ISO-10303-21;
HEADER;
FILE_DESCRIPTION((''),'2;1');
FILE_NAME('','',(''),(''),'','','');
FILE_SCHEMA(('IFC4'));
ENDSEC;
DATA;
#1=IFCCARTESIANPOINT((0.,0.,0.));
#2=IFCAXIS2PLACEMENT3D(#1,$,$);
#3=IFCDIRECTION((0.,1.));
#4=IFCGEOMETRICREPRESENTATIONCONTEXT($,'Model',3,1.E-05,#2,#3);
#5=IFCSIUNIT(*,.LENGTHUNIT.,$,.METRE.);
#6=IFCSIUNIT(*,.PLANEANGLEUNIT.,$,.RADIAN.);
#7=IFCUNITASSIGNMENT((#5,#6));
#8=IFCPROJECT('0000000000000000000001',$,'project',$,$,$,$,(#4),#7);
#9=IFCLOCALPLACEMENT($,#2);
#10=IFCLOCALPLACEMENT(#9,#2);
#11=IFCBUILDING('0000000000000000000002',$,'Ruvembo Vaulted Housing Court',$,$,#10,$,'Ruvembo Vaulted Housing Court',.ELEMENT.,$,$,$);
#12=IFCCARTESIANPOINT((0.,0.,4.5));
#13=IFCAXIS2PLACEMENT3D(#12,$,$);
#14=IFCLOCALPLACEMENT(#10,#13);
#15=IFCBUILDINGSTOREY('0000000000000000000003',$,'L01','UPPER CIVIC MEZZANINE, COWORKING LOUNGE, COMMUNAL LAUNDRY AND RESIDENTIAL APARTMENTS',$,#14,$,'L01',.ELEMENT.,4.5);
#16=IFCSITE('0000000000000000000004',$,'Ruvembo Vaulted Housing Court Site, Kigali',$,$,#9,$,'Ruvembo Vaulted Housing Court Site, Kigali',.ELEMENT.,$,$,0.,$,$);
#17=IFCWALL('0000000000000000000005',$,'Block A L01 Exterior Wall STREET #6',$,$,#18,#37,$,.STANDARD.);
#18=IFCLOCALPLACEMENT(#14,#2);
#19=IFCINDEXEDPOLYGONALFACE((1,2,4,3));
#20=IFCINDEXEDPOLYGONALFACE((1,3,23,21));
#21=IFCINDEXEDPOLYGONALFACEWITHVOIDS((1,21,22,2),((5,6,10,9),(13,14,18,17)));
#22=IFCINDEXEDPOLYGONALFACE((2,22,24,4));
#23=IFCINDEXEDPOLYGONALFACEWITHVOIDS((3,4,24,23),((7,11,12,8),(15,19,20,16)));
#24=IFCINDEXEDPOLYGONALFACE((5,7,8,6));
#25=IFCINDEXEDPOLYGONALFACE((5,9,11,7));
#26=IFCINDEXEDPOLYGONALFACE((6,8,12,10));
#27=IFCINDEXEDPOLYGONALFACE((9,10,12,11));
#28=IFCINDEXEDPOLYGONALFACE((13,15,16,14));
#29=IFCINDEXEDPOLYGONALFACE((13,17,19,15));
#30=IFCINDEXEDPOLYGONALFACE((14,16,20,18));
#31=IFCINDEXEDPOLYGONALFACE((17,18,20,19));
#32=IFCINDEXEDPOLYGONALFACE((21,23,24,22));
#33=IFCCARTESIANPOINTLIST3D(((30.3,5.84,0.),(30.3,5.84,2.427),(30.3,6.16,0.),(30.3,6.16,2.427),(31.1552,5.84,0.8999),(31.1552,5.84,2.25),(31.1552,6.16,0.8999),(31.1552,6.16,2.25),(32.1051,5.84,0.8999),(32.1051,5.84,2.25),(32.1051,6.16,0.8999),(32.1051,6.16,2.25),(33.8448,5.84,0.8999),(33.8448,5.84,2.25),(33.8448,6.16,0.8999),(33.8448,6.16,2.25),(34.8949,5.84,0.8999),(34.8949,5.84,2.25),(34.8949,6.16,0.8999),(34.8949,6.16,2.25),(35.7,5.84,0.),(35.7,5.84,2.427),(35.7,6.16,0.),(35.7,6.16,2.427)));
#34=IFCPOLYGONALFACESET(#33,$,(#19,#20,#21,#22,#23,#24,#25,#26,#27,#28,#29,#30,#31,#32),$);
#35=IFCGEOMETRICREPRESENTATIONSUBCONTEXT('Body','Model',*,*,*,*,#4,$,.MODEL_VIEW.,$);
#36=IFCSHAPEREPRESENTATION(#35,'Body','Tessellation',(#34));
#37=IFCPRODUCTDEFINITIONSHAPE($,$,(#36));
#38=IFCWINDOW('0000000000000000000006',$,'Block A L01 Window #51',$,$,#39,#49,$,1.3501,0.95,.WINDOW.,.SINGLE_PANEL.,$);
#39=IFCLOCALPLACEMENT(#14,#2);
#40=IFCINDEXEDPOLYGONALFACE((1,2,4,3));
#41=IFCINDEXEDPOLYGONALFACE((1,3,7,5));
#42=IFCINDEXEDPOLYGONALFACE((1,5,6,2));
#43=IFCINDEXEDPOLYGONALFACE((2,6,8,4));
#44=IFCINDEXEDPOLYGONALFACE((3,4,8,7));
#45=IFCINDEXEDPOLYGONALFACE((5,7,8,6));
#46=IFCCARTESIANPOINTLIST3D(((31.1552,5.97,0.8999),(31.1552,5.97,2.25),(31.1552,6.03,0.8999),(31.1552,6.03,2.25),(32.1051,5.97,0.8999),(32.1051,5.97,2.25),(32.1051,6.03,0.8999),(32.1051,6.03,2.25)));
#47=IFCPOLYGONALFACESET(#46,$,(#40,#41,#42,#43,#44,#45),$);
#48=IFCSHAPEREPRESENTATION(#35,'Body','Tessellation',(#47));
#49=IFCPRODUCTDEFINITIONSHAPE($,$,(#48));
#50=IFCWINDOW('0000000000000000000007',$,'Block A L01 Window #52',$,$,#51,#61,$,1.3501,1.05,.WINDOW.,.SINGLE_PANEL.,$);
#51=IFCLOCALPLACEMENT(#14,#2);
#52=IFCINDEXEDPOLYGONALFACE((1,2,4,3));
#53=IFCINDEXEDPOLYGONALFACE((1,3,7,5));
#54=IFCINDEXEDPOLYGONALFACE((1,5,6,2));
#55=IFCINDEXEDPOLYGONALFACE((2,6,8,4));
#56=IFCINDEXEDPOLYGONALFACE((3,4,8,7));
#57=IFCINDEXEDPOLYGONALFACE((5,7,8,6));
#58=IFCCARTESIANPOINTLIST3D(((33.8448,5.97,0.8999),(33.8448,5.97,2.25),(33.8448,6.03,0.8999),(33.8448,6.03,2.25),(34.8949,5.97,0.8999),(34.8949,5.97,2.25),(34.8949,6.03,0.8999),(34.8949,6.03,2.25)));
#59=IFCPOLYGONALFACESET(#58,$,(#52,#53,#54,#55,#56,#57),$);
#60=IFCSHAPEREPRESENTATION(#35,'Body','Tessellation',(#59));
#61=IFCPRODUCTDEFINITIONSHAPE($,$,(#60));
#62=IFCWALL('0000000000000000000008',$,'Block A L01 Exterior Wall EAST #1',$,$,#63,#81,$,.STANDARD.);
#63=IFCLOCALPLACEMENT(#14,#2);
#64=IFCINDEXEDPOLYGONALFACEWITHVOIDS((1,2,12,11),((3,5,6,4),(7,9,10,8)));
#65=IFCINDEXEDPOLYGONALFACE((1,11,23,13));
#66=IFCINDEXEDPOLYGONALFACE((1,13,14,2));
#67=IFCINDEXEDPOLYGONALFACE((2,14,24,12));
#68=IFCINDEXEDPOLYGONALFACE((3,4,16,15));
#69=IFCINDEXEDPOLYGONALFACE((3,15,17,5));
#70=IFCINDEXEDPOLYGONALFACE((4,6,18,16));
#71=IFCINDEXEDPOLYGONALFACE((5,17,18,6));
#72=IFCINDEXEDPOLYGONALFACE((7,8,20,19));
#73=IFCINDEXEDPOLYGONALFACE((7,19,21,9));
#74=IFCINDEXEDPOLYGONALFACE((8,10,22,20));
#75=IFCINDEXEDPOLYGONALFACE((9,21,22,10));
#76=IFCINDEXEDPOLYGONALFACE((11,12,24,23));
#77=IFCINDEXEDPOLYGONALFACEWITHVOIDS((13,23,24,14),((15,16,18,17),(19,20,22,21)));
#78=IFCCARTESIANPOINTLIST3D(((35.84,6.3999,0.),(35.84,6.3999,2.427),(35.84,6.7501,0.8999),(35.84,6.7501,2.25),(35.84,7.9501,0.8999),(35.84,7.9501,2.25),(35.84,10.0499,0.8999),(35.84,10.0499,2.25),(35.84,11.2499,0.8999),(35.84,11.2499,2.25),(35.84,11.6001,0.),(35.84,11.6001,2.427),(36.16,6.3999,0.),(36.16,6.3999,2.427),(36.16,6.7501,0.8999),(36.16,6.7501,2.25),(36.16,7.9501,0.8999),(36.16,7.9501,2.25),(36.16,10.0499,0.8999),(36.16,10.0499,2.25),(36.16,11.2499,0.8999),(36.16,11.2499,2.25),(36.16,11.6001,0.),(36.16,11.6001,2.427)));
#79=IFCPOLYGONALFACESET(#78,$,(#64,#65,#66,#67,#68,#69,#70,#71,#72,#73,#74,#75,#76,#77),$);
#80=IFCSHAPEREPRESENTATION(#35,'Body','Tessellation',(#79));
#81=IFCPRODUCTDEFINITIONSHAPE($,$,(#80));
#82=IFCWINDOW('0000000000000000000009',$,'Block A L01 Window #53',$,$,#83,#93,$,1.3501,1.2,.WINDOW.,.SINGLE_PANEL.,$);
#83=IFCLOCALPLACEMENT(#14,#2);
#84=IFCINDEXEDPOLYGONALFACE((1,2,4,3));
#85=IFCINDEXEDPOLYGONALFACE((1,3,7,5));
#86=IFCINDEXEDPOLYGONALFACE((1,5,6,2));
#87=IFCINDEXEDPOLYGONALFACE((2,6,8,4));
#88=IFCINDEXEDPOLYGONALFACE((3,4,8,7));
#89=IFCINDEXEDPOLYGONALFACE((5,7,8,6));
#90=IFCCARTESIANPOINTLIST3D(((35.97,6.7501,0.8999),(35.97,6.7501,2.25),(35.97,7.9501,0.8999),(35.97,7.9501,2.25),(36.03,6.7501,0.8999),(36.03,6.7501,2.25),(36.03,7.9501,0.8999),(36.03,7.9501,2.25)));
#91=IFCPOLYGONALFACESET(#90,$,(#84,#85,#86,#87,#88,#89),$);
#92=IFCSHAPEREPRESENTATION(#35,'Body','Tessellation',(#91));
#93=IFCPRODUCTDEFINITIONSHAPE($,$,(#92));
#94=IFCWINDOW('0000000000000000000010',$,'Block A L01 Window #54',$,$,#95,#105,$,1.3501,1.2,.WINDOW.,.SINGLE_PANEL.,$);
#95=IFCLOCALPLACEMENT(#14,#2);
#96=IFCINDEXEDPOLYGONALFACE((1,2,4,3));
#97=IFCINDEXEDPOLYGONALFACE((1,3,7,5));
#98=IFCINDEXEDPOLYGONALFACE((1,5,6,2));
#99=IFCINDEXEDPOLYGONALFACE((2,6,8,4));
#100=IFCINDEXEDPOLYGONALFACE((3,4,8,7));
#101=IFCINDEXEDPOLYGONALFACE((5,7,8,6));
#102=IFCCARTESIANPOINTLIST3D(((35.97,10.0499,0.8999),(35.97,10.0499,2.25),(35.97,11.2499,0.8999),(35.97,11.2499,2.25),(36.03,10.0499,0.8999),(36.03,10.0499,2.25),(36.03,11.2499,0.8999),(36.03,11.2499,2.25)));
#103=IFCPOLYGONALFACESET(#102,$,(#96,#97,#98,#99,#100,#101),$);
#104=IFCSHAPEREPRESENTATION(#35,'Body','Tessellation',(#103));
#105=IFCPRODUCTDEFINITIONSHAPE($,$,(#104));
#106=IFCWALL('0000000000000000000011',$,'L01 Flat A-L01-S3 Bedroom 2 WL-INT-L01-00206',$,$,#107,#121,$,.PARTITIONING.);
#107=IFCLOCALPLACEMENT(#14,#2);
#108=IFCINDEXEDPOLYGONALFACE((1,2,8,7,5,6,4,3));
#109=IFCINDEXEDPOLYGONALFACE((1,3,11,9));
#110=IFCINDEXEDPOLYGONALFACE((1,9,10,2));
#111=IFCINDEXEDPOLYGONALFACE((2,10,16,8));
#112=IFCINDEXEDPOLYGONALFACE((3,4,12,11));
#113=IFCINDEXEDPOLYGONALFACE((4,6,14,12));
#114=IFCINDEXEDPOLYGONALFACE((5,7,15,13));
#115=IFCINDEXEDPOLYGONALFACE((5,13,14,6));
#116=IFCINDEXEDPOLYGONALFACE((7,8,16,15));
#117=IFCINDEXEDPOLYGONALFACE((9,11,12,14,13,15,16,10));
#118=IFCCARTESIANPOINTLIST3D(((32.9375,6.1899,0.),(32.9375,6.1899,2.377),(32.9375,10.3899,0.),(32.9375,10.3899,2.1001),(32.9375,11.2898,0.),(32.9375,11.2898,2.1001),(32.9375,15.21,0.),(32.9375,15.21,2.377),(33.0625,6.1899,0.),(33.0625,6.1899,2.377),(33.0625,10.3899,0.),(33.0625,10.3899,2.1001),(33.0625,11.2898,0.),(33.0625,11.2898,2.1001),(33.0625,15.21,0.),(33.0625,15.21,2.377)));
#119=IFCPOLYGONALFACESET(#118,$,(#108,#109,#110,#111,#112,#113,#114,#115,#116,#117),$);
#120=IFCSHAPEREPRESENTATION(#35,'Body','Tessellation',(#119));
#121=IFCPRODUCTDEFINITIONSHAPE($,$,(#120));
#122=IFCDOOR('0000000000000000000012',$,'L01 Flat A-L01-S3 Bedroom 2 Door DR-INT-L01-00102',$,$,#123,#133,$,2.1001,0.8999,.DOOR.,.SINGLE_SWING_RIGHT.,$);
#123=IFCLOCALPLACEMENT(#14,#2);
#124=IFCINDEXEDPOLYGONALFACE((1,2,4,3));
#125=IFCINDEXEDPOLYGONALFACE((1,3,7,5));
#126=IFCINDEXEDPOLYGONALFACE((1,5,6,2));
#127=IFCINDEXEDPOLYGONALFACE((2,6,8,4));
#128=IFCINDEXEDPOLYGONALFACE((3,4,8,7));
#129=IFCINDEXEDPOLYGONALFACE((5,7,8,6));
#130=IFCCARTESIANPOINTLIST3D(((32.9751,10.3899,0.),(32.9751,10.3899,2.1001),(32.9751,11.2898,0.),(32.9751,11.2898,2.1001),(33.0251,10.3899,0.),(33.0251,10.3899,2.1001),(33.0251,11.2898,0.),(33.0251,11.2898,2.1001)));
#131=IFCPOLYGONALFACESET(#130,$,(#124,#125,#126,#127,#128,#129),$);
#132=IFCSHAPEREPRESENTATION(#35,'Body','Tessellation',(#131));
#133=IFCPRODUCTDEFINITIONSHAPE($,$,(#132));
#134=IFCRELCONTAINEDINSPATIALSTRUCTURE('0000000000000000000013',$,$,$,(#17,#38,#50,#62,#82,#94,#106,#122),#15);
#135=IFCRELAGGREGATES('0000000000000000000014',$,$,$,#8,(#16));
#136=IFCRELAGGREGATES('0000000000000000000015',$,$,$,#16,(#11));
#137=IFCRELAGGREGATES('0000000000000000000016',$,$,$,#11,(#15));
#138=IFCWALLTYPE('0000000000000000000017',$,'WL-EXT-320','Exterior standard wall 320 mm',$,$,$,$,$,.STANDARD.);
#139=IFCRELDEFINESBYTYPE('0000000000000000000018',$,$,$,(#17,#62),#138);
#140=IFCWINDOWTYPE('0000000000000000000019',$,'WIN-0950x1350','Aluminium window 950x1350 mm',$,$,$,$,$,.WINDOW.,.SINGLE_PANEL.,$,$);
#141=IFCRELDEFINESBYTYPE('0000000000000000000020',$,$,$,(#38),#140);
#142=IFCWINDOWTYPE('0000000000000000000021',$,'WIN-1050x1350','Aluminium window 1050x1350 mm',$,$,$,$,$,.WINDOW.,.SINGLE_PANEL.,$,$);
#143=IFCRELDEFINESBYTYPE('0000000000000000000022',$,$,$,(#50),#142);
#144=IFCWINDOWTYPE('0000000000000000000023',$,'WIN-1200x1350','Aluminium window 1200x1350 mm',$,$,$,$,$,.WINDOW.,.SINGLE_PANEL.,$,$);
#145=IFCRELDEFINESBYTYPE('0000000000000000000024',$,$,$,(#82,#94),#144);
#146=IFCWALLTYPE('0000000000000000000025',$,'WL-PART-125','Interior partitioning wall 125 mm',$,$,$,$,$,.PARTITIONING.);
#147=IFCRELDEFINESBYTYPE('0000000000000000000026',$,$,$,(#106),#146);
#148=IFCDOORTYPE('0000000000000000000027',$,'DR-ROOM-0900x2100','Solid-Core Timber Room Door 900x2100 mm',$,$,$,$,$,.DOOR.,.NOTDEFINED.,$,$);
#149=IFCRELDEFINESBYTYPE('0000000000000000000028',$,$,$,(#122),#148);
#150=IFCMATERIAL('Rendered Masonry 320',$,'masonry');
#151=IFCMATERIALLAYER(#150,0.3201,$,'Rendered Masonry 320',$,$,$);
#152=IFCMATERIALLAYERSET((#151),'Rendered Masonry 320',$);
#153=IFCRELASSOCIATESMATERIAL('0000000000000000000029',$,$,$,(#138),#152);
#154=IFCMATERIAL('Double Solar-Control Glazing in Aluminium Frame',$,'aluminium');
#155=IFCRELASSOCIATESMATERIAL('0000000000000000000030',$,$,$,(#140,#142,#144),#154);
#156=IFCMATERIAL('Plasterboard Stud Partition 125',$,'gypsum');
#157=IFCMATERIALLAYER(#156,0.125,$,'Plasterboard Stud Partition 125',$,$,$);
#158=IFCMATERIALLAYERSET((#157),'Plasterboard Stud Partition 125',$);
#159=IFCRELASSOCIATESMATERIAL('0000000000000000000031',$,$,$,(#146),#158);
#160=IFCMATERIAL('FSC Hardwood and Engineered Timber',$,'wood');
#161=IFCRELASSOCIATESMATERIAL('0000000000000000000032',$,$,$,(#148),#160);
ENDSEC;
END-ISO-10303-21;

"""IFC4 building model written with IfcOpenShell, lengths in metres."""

from ifc_helpers import new_model, si_unit, direction, frame, frame_2d, origin, place, context, subcontext, project, spatial, rectangle, extrude, material, layer, layer_set, type_object, element, fill, save


model = new_model("IFC4")

# Units and contexts
model_context = context("Model", 3, precision=1e-05, world=origin(), true_north=direction((0.0, 1.0)))
body_context = subcontext(model_context, "Body", "Model", "MODEL_VIEW")
ifc_project = project(units=[si_unit("LENGTHUNIT", "METRE"), si_unit("PLANEANGLEUNIT", "RADIAN")], contexts=[model_context])

# Site, building, storey
site_placement = place(None, origin())
site = spatial("IfcSite", under=ifc_project, at=site_placement, Name="Ruvembo Vaulted Housing Court Site, Kigali", LongName="Ruvembo Vaulted Housing Court Site, Kigali", CompositionType="ELEMENT", RefElevation=0.0)
building_placement = place(site_placement, origin())
building = spatial("IfcBuilding", under=site, at=building_placement, Name="Ruvembo Vaulted Housing Court", LongName="Ruvembo Vaulted Housing Court", CompositionType="ELEMENT")
storey_placement = place(building_placement, frame((0.0, 0.0, 4.5)))
storey = spatial("IfcBuildingStorey", under=building, at=storey_placement, Name="L01", Description="UPPER CIVIC MEZZANINE, COWORKING LOUNGE, COMMUNAL LAUNDRY AND RESIDENTIAL APARTMENTS", LongName="L01", CompositionType="ELEMENT", Elevation=4.5)

# Walls, openings, windows
ifc_material_1 = material(Name="Rendered Masonry 320", Category="masonry")
ifc_layer_1 = layer(ifc_material_1, 0.3201, Name="Rendered Masonry 320")
ifc_layer_set_1 = layer_set([ifc_layer_1], Name="Rendered Masonry 320")
wall_type_1 = type_object("IfcWallType", Name="WL-EXT-320", Description="Exterior standard wall 320 mm", PredefinedType="STANDARD", material=ifc_layer_set_1)
wall_1_placement = place(storey_placement, frame((30.3, 6.0, 0.0), z_axis=(0.0, 0.0, 1.0), x_axis=(1.0, 0.0, 0.0)))
wall_1 = element("IfcWall", 1, at=wall_1_placement, inside=storey, type_object=wall_type_1, Name="Block A L01 Exterior Wall STREET #6", PredefinedType="STANDARD", context=body_context, shape_type="SweptSolid", body=[
    extrude(rectangle(XDim=5.3999, YDim=0.3201, at=frame_2d((2.7, 0.0))), origin(), (0.0, 0.0, 1.0), 2.427),
])
opening_1_placement = place(wall_1_placement, frame((0.855, 0.0, 0.8999)))
opening_1 = element("IfcOpeningElement", 2, at=opening_1_placement, cuts=wall_1, PredefinedType="OPENING", context=body_context, shape_type="SweptSolid", body=[
    extrude(rectangle(XDim=0.95, YDim=1.3501, at=frame_2d((0.4751, 0.675))), frame((0.0, 0.1699, 0.0), z_axis=(0.0, -1.0, 0.0), x_axis=(1.0, 0.0, 0.0)), (0.0, 0.0, 1.0), 0.3401),
])
opening_2_placement = place(wall_1_placement, frame((3.5449, 0.0, 0.8999)))
opening_2 = element("IfcOpeningElement", 3, at=opening_2_placement, cuts=wall_1, PredefinedType="OPENING", context=body_context, shape_type="SweptSolid", body=[
    extrude(rectangle(XDim=1.05, YDim=1.3501, at=frame_2d((0.5249, 0.675))), frame((0.0, 0.1699, 0.0), z_axis=(0.0, -1.0, 0.0), x_axis=(1.0, 0.0, 0.0)), (0.0, 0.0, 1.0), 0.3401),
])
ifc_material_2 = material(Name="Double Solar-Control Glazing in Aluminium Frame", Category="aluminium")
window_type_1 = type_object("IfcWindowType", Name="WIN-0950x1350", Description="Aluminium window 950x1350 mm", PartitioningType="SINGLE_PANEL", PredefinedType="WINDOW", material=ifc_material_2)
window_1_placement = place(opening_1_placement, origin())
window_1 = element("IfcWindow", 4, at=window_1_placement, inside=storey, type_object=window_type_1, Name="Block A L01 Window #51", OverallHeight=1.3501, OverallWidth=0.95, PartitioningType="SINGLE_PANEL", PredefinedType="WINDOW", context=body_context, shape_type="SweptSolid", body=[
    extrude(rectangle(XDim=0.95, YDim=1.3501, at=frame_2d((0.4751, 0.675))), frame((0.0, 0.03, 0.0), z_axis=(0.0, -1.0, 0.0), x_axis=(1.0, 0.0, 0.0)), (0.0, 0.0, 1.0), 0.0601),
])
fill(opening_1, window_1)
window_type_2 = type_object("IfcWindowType", Name="WIN-1050x1350", Description="Aluminium window 1050x1350 mm", PartitioningType="SINGLE_PANEL", PredefinedType="WINDOW", material=ifc_material_2)
window_2_placement = place(opening_2_placement, origin())
window_2 = element("IfcWindow", 5, at=window_2_placement, inside=storey, type_object=window_type_2, Name="Block A L01 Window #52", OverallHeight=1.3501, OverallWidth=1.05, PartitioningType="SINGLE_PANEL", PredefinedType="WINDOW", context=body_context, shape_type="SweptSolid", body=[
    extrude(rectangle(XDim=1.05, YDim=1.3501, at=frame_2d((0.5249, 0.675))), frame((0.0, 0.03, 0.0), z_axis=(0.0, -1.0, 0.0), x_axis=(1.0, 0.0, 0.0)), (0.0, 0.0, 1.0), 0.0601),
])
fill(opening_2, window_2)
wall_2_placement = place(storey_placement, frame((36.0, 6.3999, 0.0), z_axis=(0.0, 0.0, 1.0), x_axis=(0.0, 1.0, 0.0)))
wall_2 = element("IfcWall", 6, at=wall_2_placement, inside=storey, type_object=wall_type_1, Name="Block A L01 Exterior Wall EAST #1", PredefinedType="STANDARD", context=body_context, shape_type="SweptSolid", body=[
    extrude(rectangle(XDim=5.2002, YDim=0.3201, at=frame_2d((2.6001, 0.0))), origin(), (0.0, 0.0, 1.0), 2.427),
])
opening_3_placement = place(wall_2_placement, frame((0.3501, 0.0, 0.8999)))
opening_3 = element("IfcOpeningElement", 7, at=opening_3_placement, cuts=wall_2, PredefinedType="OPENING", context=body_context, shape_type="SweptSolid", body=[
    extrude(rectangle(XDim=1.2, YDim=1.3501, at=frame_2d((0.6001, 0.675))), frame((0.0, 0.1699, 0.0), z_axis=(0.0, -1.0, 0.0), x_axis=(1.0, 0.0, 0.0)), (0.0, 0.0, 1.0), 0.3401),
])
opening_4_placement = place(wall_2_placement, frame((3.6499, 0.0, 0.8999)))
opening_4 = element("IfcOpeningElement", 8, at=opening_4_placement, cuts=wall_2, PredefinedType="OPENING", context=body_context, shape_type="SweptSolid", body=[
    extrude(rectangle(XDim=1.2, YDim=1.3501, at=frame_2d((0.6001, 0.675))), frame((0.0, 0.1699, 0.0), z_axis=(0.0, -1.0, 0.0), x_axis=(1.0, 0.0, 0.0)), (0.0, 0.0, 1.0), 0.3401),
])
window_type_3 = type_object("IfcWindowType", Name="WIN-1200x1350", Description="Aluminium window 1200x1350 mm", PartitioningType="SINGLE_PANEL", PredefinedType="WINDOW", material=ifc_material_2)
window_3_placement = place(opening_3_placement, origin())
window_3 = element("IfcWindow", 9, at=window_3_placement, inside=storey, type_object=window_type_3, Name="Block A L01 Window #53", OverallHeight=1.3501, OverallWidth=1.2, PartitioningType="SINGLE_PANEL", PredefinedType="WINDOW", context=body_context, shape_type="SweptSolid", body=[
    extrude(rectangle(XDim=1.2, YDim=1.3501, at=frame_2d((0.6001, 0.675))), frame((0.0, 0.03, 0.0), z_axis=(0.0, -1.0, 0.0), x_axis=(1.0, 0.0, 0.0)), (0.0, 0.0, 1.0), 0.0601),
])
fill(opening_3, window_3)
window_4_placement = place(opening_4_placement, origin())
window_4 = element("IfcWindow", 10, at=window_4_placement, inside=storey, type_object=window_type_3, Name="Block A L01 Window #54", OverallHeight=1.3501, OverallWidth=1.2, PartitioningType="SINGLE_PANEL", PredefinedType="WINDOW", context=body_context, shape_type="SweptSolid", body=[
    extrude(rectangle(XDim=1.2, YDim=1.3501, at=frame_2d((0.6001, 0.675))), frame((0.0, 0.03, 0.0), z_axis=(0.0, -1.0, 0.0), x_axis=(1.0, 0.0, 0.0)), (0.0, 0.0, 1.0), 0.0601),
])
fill(opening_4, window_4)

# Wall, opening, door
ifc_material_3 = material(Name="Plasterboard Stud Partition 125", Category="gypsum")
ifc_layer_2 = layer(ifc_material_3, 0.125, Name="Plasterboard Stud Partition 125")
ifc_layer_set_2 = layer_set([ifc_layer_2], Name="Plasterboard Stud Partition 125")
wall_type_2 = type_object("IfcWallType", Name="WL-PART-125", Description="Interior partitioning wall 125 mm", PredefinedType="PARTITIONING", material=ifc_layer_set_2)
wall_3_placement = place(storey_placement, frame((33.0, 6.1899, 0.0), z_axis=(0.0, 0.0, 1.0), x_axis=(0.0, 1.0, 0.0)))
wall_3 = element("IfcWall", 11, at=wall_3_placement, inside=storey, type_object=wall_type_2, Name="L01 Flat A-L01-S3 Bedroom 2 WL-INT-L01-00206", PredefinedType="PARTITIONING", context=body_context, shape_type="SweptSolid", body=[
    extrude(rectangle(XDim=9.02, YDim=0.125, at=frame_2d((4.51, 0.0))), origin(), (0.0, 0.0, 1.0), 2.377),
])
opening_5_placement = place(wall_3_placement, frame((4.2, 0.0, 0.0)))
opening_5 = element("IfcOpeningElement", 12, at=opening_5_placement, cuts=wall_3, PredefinedType="OPENING", context=body_context, shape_type="SweptSolid", body=[
    extrude(rectangle(XDim=0.8999, YDim=2.1001, at=frame_2d((0.45, 1.05))), frame((0.0, 0.0725, 0.0), z_axis=(0.0, -1.0, 0.0), x_axis=(1.0, 0.0, 0.0)), (0.0, 0.0, 1.0), 0.145),
])
ifc_material_4 = material(Name="FSC Hardwood and Engineered Timber", Category="wood")
door_type_1 = type_object("IfcDoorType", Name="DR-ROOM-0900x2100", Description="Solid-Core Timber Room Door 900x2100 mm", OperationType="NOTDEFINED", PredefinedType="DOOR", material=ifc_material_4)
door_1_placement = place(opening_5_placement, origin())
door_1 = element("IfcDoor", 13, at=door_1_placement, inside=storey, type_object=door_type_1, Name="L01 Flat A-L01-S3 Bedroom 2 Door DR-INT-L01-00102", OperationType="SINGLE_SWING_RIGHT", OverallHeight=2.1001, OverallWidth=0.8999, PredefinedType="DOOR", context=body_context, shape_type="SweptSolid", body=[
    extrude(rectangle(XDim=0.8999, YDim=2.1001, at=frame_2d((0.45, 1.05))), frame((0.0, 0.0249, 0.0), z_axis=(0.0, -1.0, 0.0), x_axis=(1.0, 0.0, 0.0)), (0.0, 0.0, 1.0), 0.05),
])
fill(opening_5, door_1)

save(model, "model.ifc")
